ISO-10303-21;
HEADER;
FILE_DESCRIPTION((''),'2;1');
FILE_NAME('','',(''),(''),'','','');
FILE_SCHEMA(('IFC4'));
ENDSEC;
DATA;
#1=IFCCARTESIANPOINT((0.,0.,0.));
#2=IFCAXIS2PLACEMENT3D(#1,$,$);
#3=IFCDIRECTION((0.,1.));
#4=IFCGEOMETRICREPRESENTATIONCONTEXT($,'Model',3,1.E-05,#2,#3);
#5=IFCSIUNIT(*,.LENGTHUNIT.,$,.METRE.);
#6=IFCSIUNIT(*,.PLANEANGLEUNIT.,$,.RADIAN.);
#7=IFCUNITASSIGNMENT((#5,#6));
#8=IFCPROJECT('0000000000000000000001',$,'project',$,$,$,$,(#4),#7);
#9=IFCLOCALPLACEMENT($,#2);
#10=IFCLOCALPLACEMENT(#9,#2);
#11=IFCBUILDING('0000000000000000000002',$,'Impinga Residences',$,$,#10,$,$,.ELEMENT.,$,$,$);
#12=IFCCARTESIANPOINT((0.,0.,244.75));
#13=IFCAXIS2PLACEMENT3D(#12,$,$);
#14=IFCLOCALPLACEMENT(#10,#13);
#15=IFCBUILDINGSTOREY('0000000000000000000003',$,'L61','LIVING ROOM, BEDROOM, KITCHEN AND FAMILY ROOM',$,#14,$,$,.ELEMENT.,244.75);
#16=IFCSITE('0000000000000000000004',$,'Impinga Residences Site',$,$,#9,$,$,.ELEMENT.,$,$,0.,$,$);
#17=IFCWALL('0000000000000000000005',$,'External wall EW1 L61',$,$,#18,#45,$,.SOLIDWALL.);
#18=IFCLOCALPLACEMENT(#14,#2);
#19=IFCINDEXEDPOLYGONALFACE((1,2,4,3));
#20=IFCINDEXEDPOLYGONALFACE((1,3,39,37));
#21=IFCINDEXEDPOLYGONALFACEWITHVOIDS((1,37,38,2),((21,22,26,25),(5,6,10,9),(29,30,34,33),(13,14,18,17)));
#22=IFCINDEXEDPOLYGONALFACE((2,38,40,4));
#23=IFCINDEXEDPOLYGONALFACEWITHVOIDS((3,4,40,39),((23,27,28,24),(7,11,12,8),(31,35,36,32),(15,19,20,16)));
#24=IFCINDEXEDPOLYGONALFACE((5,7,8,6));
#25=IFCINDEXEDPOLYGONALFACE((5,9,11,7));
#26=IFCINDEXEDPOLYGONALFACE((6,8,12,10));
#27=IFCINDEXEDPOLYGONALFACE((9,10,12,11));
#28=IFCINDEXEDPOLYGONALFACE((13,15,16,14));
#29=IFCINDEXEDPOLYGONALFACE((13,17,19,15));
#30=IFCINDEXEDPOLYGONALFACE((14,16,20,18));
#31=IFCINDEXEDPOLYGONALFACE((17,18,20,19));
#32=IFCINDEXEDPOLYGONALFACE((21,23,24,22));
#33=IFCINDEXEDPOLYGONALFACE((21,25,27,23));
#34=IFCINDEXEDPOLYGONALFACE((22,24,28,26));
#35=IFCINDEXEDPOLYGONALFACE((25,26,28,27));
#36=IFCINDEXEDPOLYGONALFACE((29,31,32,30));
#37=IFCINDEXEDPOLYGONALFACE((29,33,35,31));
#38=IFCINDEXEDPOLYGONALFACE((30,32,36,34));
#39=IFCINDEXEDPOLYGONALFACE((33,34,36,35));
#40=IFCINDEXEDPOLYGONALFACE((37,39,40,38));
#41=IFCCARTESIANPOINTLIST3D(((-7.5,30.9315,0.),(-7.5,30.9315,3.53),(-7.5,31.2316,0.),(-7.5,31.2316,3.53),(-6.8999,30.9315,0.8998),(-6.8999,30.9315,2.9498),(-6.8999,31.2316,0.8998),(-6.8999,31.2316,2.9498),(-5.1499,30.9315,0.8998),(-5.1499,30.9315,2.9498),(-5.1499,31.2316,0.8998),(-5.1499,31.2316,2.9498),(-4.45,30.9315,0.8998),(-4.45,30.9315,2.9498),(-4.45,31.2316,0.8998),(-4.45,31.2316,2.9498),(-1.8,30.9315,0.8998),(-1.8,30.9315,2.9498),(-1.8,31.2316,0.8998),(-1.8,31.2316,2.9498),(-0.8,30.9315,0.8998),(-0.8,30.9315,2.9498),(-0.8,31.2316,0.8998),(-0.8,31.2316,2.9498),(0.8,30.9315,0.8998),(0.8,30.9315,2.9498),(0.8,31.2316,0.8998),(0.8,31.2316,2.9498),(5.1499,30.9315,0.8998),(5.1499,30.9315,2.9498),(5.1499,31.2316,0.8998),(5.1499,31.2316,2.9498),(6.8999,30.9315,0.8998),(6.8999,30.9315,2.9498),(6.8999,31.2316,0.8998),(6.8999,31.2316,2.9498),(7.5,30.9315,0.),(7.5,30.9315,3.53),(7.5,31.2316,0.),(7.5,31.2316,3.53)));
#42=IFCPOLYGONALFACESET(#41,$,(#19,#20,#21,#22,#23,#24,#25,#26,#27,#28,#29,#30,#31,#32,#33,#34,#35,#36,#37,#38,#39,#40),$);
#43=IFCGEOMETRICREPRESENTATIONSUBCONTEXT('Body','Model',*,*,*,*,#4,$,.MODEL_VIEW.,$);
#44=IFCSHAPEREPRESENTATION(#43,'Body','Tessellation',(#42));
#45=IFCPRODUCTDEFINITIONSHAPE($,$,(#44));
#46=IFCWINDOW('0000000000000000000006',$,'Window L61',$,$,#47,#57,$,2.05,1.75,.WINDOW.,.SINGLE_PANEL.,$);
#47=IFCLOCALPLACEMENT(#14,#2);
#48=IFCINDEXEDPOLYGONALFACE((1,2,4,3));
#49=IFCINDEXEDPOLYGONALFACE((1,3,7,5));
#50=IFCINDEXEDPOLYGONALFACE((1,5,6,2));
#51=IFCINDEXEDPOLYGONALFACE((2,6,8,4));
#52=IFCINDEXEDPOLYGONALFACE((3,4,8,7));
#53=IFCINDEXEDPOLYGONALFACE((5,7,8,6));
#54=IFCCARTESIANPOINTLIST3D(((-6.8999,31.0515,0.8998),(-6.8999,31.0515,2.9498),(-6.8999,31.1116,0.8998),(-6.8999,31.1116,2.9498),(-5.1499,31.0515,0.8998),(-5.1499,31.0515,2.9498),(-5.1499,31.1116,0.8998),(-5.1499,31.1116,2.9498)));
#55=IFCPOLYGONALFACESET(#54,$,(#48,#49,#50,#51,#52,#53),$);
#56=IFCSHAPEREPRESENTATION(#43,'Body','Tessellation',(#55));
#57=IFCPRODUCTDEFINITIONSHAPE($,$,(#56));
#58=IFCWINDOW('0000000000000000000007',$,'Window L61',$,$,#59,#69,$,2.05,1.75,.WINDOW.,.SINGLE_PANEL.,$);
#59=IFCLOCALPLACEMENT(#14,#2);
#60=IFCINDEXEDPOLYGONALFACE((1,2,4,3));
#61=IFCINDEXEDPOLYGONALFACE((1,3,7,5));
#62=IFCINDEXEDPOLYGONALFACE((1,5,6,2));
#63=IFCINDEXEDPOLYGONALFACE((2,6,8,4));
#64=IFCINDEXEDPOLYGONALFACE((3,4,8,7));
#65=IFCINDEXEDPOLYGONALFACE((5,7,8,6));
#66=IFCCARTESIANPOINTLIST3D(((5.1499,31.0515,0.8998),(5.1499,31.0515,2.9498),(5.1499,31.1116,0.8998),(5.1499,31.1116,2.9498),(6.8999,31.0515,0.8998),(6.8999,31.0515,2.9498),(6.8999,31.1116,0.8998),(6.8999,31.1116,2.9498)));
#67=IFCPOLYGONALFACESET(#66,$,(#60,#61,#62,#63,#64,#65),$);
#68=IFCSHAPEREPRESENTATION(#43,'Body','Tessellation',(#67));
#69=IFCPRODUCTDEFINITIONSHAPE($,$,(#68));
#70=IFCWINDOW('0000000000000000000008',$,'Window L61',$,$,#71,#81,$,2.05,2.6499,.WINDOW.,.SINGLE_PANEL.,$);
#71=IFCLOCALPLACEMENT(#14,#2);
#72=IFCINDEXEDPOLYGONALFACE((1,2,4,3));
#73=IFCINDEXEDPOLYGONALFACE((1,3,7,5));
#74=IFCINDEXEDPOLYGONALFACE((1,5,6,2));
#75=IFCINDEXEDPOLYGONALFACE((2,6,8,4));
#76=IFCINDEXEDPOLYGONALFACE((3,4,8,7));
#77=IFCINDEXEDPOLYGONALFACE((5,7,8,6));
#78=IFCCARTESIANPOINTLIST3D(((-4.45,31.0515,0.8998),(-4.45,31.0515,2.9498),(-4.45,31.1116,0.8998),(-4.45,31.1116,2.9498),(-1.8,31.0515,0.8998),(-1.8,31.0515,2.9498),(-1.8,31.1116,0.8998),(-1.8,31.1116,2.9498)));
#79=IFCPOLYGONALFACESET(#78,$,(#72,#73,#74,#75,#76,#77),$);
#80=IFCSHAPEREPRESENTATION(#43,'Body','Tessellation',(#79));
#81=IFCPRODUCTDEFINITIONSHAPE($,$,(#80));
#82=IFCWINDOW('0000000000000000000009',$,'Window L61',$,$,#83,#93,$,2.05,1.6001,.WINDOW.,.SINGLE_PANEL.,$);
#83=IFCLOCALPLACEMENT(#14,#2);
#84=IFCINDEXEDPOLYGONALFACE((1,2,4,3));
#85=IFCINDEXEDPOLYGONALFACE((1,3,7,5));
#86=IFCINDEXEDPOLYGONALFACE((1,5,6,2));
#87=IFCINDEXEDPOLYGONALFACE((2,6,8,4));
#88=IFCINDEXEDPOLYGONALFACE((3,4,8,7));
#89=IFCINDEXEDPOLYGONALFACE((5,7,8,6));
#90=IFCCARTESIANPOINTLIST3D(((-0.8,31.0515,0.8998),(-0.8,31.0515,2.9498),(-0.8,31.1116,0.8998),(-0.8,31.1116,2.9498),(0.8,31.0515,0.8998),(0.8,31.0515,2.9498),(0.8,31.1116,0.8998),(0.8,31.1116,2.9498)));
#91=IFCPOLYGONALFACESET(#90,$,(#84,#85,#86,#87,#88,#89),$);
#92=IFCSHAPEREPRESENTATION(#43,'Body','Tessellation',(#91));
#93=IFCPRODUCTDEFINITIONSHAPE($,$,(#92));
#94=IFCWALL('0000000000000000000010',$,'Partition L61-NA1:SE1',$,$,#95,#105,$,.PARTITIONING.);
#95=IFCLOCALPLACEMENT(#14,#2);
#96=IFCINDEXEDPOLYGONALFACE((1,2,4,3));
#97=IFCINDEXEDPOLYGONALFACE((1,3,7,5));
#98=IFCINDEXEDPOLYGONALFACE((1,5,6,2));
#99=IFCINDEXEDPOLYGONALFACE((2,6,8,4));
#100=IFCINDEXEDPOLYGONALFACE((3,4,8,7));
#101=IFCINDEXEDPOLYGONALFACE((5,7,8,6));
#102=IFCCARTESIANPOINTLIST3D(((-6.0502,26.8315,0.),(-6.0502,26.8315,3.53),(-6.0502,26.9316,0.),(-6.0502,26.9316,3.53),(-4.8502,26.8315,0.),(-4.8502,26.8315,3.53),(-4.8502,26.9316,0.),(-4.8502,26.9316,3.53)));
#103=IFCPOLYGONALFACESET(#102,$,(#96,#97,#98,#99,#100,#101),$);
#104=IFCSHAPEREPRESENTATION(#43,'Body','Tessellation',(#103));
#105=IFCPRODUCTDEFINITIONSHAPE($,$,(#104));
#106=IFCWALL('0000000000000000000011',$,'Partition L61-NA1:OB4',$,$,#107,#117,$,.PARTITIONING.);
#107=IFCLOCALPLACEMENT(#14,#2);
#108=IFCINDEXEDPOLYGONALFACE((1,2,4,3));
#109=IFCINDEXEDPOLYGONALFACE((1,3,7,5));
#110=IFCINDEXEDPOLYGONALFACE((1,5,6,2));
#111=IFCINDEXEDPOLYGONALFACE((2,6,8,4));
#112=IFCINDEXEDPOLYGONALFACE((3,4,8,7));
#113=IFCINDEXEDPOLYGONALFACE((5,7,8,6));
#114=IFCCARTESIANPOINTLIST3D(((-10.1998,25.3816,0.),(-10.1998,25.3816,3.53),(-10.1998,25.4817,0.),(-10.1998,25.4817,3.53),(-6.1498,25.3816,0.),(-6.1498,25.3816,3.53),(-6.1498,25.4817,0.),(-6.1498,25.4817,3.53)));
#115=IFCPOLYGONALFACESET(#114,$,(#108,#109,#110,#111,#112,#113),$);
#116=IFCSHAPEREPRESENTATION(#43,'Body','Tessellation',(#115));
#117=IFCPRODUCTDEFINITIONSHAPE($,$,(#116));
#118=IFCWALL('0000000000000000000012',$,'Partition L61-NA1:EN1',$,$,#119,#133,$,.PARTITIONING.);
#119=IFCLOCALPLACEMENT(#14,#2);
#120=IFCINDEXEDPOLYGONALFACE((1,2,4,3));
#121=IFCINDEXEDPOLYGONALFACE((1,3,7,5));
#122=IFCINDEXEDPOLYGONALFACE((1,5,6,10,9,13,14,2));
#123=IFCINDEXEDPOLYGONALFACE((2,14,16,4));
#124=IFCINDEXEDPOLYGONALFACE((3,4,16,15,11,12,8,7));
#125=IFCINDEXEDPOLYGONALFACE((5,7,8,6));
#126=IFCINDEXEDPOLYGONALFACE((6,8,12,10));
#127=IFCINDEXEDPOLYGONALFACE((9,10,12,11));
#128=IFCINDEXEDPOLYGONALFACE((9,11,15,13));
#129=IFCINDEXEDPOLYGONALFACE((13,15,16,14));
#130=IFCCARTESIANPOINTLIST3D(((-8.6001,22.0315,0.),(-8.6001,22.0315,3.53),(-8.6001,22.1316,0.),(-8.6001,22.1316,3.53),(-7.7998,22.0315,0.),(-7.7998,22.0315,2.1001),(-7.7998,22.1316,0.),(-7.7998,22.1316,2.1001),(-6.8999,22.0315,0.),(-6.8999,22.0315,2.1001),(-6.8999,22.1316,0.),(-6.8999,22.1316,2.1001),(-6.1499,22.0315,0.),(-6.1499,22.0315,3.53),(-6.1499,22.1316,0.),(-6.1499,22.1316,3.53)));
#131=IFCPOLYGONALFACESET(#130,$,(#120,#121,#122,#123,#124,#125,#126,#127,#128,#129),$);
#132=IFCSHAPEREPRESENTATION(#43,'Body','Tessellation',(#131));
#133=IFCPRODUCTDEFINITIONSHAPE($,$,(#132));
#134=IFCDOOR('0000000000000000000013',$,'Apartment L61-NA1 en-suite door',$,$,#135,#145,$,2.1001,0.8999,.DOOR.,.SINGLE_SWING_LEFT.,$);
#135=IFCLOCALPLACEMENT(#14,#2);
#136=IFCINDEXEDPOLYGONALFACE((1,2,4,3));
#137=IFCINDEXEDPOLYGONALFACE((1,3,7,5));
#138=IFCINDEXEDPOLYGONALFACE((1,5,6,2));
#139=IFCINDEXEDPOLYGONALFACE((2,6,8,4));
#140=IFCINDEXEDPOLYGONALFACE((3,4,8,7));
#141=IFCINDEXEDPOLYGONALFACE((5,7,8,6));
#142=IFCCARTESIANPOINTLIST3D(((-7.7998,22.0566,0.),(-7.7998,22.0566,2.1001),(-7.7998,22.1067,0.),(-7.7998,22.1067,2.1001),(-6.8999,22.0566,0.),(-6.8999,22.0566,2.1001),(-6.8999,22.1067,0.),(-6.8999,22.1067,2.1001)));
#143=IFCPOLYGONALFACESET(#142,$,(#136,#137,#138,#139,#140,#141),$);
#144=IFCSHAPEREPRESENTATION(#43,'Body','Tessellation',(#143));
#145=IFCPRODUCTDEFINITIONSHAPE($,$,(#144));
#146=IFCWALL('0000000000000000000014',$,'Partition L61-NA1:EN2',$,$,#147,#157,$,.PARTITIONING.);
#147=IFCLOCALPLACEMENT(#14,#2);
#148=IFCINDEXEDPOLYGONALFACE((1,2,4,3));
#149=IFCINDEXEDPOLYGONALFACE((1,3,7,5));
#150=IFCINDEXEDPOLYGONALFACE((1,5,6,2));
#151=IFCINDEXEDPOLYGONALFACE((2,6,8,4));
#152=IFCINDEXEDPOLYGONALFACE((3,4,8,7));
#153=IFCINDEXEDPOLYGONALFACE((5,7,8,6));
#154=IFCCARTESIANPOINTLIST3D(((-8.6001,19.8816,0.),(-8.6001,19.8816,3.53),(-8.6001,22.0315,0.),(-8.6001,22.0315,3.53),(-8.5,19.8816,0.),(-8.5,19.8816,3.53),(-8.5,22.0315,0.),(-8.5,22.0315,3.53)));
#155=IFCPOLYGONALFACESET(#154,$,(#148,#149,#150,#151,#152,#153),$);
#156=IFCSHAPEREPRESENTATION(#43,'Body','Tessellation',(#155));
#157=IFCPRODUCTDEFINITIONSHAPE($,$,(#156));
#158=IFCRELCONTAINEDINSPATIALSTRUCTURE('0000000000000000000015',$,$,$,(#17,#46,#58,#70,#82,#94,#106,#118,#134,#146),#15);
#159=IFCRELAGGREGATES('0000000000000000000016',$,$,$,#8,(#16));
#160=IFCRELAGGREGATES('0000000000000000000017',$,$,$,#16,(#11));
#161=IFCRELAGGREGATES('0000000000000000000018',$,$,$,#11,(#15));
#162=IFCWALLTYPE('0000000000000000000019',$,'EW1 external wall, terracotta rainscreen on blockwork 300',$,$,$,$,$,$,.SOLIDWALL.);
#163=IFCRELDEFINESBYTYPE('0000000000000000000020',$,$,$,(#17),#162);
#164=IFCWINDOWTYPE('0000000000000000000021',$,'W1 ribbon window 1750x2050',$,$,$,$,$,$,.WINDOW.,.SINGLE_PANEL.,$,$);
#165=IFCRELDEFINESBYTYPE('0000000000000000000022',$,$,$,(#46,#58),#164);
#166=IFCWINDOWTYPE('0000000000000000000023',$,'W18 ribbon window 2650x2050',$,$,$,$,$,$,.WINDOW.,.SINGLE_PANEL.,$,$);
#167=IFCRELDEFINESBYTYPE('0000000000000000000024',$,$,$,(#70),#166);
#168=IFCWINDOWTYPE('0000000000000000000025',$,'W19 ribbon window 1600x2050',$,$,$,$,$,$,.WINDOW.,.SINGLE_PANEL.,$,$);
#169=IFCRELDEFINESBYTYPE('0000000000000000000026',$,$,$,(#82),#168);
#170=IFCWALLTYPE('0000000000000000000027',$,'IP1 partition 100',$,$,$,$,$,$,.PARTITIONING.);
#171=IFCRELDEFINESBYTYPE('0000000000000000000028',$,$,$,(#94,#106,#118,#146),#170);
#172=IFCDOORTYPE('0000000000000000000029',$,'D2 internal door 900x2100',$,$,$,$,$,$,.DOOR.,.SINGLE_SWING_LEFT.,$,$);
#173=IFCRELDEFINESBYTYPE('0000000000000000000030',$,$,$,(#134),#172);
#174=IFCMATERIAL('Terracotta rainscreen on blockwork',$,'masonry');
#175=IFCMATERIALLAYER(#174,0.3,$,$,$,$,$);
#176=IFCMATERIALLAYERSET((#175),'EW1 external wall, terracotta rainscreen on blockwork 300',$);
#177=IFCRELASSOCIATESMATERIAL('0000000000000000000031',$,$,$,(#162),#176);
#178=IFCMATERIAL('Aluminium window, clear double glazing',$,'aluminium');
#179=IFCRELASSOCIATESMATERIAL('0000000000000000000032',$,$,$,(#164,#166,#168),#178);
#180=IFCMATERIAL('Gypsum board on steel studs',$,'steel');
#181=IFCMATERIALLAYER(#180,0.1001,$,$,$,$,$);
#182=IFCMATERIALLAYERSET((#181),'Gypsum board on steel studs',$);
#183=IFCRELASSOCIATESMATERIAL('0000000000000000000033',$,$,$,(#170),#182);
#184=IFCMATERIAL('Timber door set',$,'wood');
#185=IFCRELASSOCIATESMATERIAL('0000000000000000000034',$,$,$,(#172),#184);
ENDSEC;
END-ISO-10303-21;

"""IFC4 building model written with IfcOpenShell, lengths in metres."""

from ifc_helpers import new_model, si_unit, direction, frame, frame_2d, origin, place, context, subcontext, project, spatial, rectangle, extrude, material, layer, layer_set, type_object, element, fill, save


model = new_model("IFC4")

# Units and contexts
model_context = context("Model", 3, precision=1e-05, world=origin(), true_north=direction((0.0, 1.0)))
body_context = subcontext(model_context, "Body", "Model", "MODEL_VIEW")
ifc_project = project(units=[si_unit("LENGTHUNIT", "METRE"), si_unit("PLANEANGLEUNIT", "RADIAN")], contexts=[model_context])

# Site, building, storey
site_placement = place(None, origin())
site = spatial("IfcSite", under=ifc_project, at=site_placement, Name="Impinga Residences Site", CompositionType="ELEMENT", RefElevation=0.0)
building_placement = place(site_placement, origin())
building = spatial("IfcBuilding", under=site, at=building_placement, Name="Impinga Residences", CompositionType="ELEMENT")
storey_placement = place(building_placement, frame((0.0, 0.0, 244.75)))
storey = spatial("IfcBuildingStorey", under=building, at=storey_placement, Name="L61", Description="LIVING ROOM, BEDROOM, KITCHEN AND FAMILY ROOM", CompositionType="ELEMENT", Elevation=244.75)

# Shared definitions
ifc_material_1 = material(Name="Timber door set", Category="wood")

# Shared definitions
ifc_material_2 = material(Name="Terracotta rainscreen on blockwork", Category="masonry")
ifc_layer_1 = layer(ifc_material_2, 0.3)
ifc_layer_set_1 = layer_set([ifc_layer_1], Name="EW1 external wall, terracotta rainscreen on blockwork 300")
wall_type_1 = type_object("IfcWallType", Name="EW1 external wall, terracotta rainscreen on blockwork 300", PredefinedType="SOLIDWALL", material=ifc_layer_set_1)

# Wall, openings, windows
wall_1_placement = place(storey_placement, frame((-7.5, 31.0815, 0.0), z_axis=(0.0, 0.0, 1.0), x_axis=(1.0, 0.0, 0.0)))
wall_1 = element("IfcWall", 1, at=wall_1_placement, inside=storey, type_object=wall_type_1, Name="External wall EW1 L61", PredefinedType="SOLIDWALL", context=body_context, shape_type="SweptSolid", body=[
    extrude(rectangle(XDim=15.0, YDim=0.3, at=frame_2d((7.5, 0.0))), origin(), (0.0, 0.0, 1.0), 3.53),
])
opening_1_placement = place(wall_1_placement, frame((0.6001, 0.0, 0.8999)))
opening_1 = element("IfcOpeningElement", 2, at=opening_1_placement, cuts=wall_1, PredefinedType="OPENING", context=body_context, shape_type="SweptSolid", body=[
    extrude(rectangle(XDim=1.75, YDim=2.05, at=frame_2d((0.875, 1.0249))), frame((0.0, 0.1599, 0.0), z_axis=(0.0, -1.0, 0.0), x_axis=(1.0, 0.0, 0.0)), (0.0, 0.0, 1.0), 0.3201),
])
opening_2_placement = place(wall_1_placement, frame((3.05, 0.0, 0.8999)))
opening_2 = element("IfcOpeningElement", 3, at=opening_2_placement, cuts=wall_1, PredefinedType="OPENING", context=body_context, shape_type="SweptSolid", body=[
    extrude(rectangle(XDim=2.6499, YDim=2.05, at=frame_2d((1.325, 1.0249))), frame((0.0, 0.1599, 0.0), z_axis=(0.0, -1.0, 0.0), x_axis=(1.0, 0.0, 0.0)), (0.0, 0.0, 1.0), 0.3201),
])
opening_3_placement = place(wall_1_placement, frame((6.7, 0.0, 0.8999)))
opening_3 = element("IfcOpeningElement", 4, at=opening_3_placement, cuts=wall_1, PredefinedType="OPENING", context=body_context, shape_type="SweptSolid", body=[
    extrude(rectangle(XDim=1.6001, YDim=2.05, at=frame_2d((0.8, 1.0249))), frame((0.0, 0.1599, 0.0), z_axis=(0.0, -1.0, 0.0), x_axis=(1.0, 0.0, 0.0)), (0.0, 0.0, 1.0), 0.3201),
])
opening_4_placement = place(wall_1_placement, frame((12.6499, 0.0, 0.8999)))
opening_4 = element("IfcOpeningElement", 5, at=opening_4_placement, cuts=wall_1, PredefinedType="OPENING", context=body_context, shape_type="SweptSolid", body=[
    extrude(rectangle(XDim=1.75, YDim=2.05, at=frame_2d((0.875, 1.0249))), frame((0.0, 0.1599, 0.0), z_axis=(0.0, -1.0, 0.0), x_axis=(1.0, 0.0, 0.0)), (0.0, 0.0, 1.0), 0.3201),
])
ifc_material_3 = material(Name="Aluminium window, clear double glazing", Category="aluminium")
window_type_1 = type_object("IfcWindowType", Name="W1 ribbon window 1750x2050", PartitioningType="SINGLE_PANEL", PredefinedType="WINDOW", material=ifc_material_3)
window_1_placement = place(opening_1_placement, origin())
window_1 = element("IfcWindow", 6, at=window_1_placement, inside=storey, type_object=window_type_1, Name="Window L61", OverallHeight=2.05, OverallWidth=1.75, PartitioningType="SINGLE_PANEL", PredefinedType="WINDOW", context=body_context, shape_type="SweptSolid", body=[
    extrude(rectangle(XDim=1.75, YDim=2.05, at=frame_2d((0.875, 1.0249))), frame((0.0, 0.03, 0.0), z_axis=(0.0, -1.0, 0.0), x_axis=(1.0, 0.0, 0.0)), (0.0, 0.0, 1.0), 0.0601),
])
fill(opening_1, window_1)
window_2_placement = place(opening_4_placement, origin())
window_2 = element("IfcWindow", 7, at=window_2_placement, inside=storey, type_object=window_type_1, Name="Window L61", OverallHeight=2.05, OverallWidth=1.75, PartitioningType="SINGLE_PANEL", PredefinedType="WINDOW", context=body_context, shape_type="SweptSolid", body=[
    extrude(rectangle(XDim=1.75, YDim=2.05, at=frame_2d((0.875, 1.0249))), frame((0.0, 0.03, 0.0), z_axis=(0.0, -1.0, 0.0), x_axis=(1.0, 0.0, 0.0)), (0.0, 0.0, 1.0), 0.0601),
])
fill(opening_4, window_2)
window_type_2 = type_object("IfcWindowType", Name="W18 ribbon window 2650x2050", PartitioningType="SINGLE_PANEL", PredefinedType="WINDOW", material=ifc_material_3)
window_3_placement = place(opening_2_placement, origin())
window_3 = element("IfcWindow", 8, at=window_3_placement, inside=storey, type_object=window_type_2, Name="Window L61", OverallHeight=2.05, OverallWidth=2.6499, PartitioningType="SINGLE_PANEL", PredefinedType="WINDOW", context=body_context, shape_type="SweptSolid", body=[
    extrude(rectangle(XDim=2.6499, YDim=2.05, at=frame_2d((1.325, 1.0249))), frame((0.0, 0.03, 0.0), z_axis=(0.0, -1.0, 0.0), x_axis=(1.0, 0.0, 0.0)), (0.0, 0.0, 1.0), 0.0601),
])
fill(opening_2, window_3)
window_type_3 = type_object("IfcWindowType", Name="W19 ribbon window 1600x2050", PartitioningType="SINGLE_PANEL", PredefinedType="WINDOW", material=ifc_material_3)
window_4_placement = place(opening_3_placement, origin())
window_4 = element("IfcWindow", 9, at=window_4_placement, inside=storey, type_object=window_type_3, Name="Window L61", OverallHeight=2.05, OverallWidth=1.6001, PartitioningType="SINGLE_PANEL", PredefinedType="WINDOW", context=body_context, shape_type="SweptSolid", body=[
    extrude(rectangle(XDim=1.6001, YDim=2.05, at=frame_2d((0.8, 1.0249))), frame((0.0, 0.03, 0.0), z_axis=(0.0, -1.0, 0.0), x_axis=(1.0, 0.0, 0.0)), (0.0, 0.0, 1.0), 0.0601),
])
fill(opening_3, window_4)

# Walls
ifc_material_4 = material(Name="Gypsum board on steel studs", Category="steel")
ifc_layer_2 = layer(ifc_material_4, 0.1001)
ifc_layer_set_2 = layer_set([ifc_layer_2], Name="Gypsum board on steel studs")
wall_type_2 = type_object("IfcWallType", Name="IP1 partition 100", PredefinedType="PARTITIONING", material=ifc_layer_set_2)
wall_2_placement = place(storey_placement, frame((-4.8501, 26.8816, 0.0), z_axis=(0.0, 0.0, 1.0), x_axis=(-1.0, 0.0, 0.0)))
element("IfcWall", 10, at=wall_2_placement, inside=storey, type_object=wall_type_2, Name="Partition L61-NA1:SE1", PredefinedType="PARTITIONING", context=body_context, shape_type="SweptSolid", body=[
    extrude(rectangle(XDim=1.2, YDim=0.1001, at=frame_2d((0.6001, 0.0))), origin(), (0.0, 0.0, 1.0), 3.53),
])
wall_3_placement = place(storey_placement, frame((-6.1499, 25.4316, 0.0), z_axis=(0.0, 0.0, 1.0), x_axis=(-1.0, 0.0, 0.0)))
element("IfcWall", 11, at=wall_3_placement, inside=storey, type_object=wall_type_2, Name="Partition L61-NA1:OB4", PredefinedType="PARTITIONING", context=body_context, shape_type="SweptSolid", body=[
    extrude(rectangle(XDim=4.05, YDim=0.1001, at=frame_2d((2.0249, 0.0))), origin(), (0.0, 0.0, 1.0), 3.53),
])

# Wall, opening, door
wall_4_placement = place(storey_placement, frame((-6.1499, 22.0815, 0.0), z_axis=(0.0, 0.0, 1.0), x_axis=(-1.0, 0.0, 0.0)))
wall_4 = element("IfcWall", 12, at=wall_4_placement, inside=storey, type_object=wall_type_2, Name="Partition L61-NA1:EN1", PredefinedType="PARTITIONING", context=body_context, shape_type="SweptSolid", body=[
    extrude(rectangle(XDim=2.4502, YDim=0.1001, at=frame_2d((1.2251, 0.0))), origin(), (0.0, 0.0, 1.0), 3.53),
])
opening_5_placement = place(wall_4_placement, frame((0.75, 0.0, 0.0)))
opening_5 = element("IfcOpeningElement", 13, at=opening_5_placement, cuts=wall_4, PredefinedType="OPENING", context=body_context, shape_type="SweptSolid", body=[
    extrude(rectangle(XDim=0.8999, YDim=2.1001, at=frame_2d((0.45, 1.05))), frame((0.0, 0.0601, 0.0), z_axis=(0.0, -1.0, 0.0), x_axis=(1.0, 0.0, 0.0)), (0.0, 0.0, 1.0), 0.1201),
])
door_type_1 = type_object("IfcDoorType", Name="D2 internal door 900x2100", OperationType="SINGLE_SWING_LEFT", PredefinedType="DOOR", material=ifc_material_1)
door_1_placement = place(opening_5_placement, origin())
door_1 = element("IfcDoor", 14, at=door_1_placement, inside=storey, type_object=door_type_1, Name="Apartment L61-NA1 en-suite door", OperationType="SINGLE_SWING_LEFT", OverallHeight=2.1001, OverallWidth=0.8999, PredefinedType="DOOR", context=body_context, shape_type="SweptSolid", body=[
    extrude(rectangle(XDim=0.8999, YDim=2.1001, at=frame_2d((0.45, 1.05))), frame((0.0, 0.0249, 0.0), z_axis=(0.0, -1.0, 0.0), x_axis=(1.0, 0.0, 0.0)), (0.0, 0.0, 1.0), 0.05),
])
fill(opening_5, door_1)

# Wall
wall_5_placement = place(storey_placement, frame((-8.55, 19.8816, 0.0), z_axis=(0.0, 0.0, 1.0), x_axis=(0.0, 1.0, 0.0)))
element("IfcWall", 15, at=wall_5_placement, inside=storey, type_object=wall_type_2, Name="Partition L61-NA1:EN2", PredefinedType="PARTITIONING", context=body_context, shape_type="SweptSolid", body=[
    extrude(rectangle(XDim=2.1499, YDim=0.1001, at=frame_2d((1.075, 0.0))), origin(), (0.0, 0.0, 1.0), 3.53),
])

save(model, "model.ifc")
